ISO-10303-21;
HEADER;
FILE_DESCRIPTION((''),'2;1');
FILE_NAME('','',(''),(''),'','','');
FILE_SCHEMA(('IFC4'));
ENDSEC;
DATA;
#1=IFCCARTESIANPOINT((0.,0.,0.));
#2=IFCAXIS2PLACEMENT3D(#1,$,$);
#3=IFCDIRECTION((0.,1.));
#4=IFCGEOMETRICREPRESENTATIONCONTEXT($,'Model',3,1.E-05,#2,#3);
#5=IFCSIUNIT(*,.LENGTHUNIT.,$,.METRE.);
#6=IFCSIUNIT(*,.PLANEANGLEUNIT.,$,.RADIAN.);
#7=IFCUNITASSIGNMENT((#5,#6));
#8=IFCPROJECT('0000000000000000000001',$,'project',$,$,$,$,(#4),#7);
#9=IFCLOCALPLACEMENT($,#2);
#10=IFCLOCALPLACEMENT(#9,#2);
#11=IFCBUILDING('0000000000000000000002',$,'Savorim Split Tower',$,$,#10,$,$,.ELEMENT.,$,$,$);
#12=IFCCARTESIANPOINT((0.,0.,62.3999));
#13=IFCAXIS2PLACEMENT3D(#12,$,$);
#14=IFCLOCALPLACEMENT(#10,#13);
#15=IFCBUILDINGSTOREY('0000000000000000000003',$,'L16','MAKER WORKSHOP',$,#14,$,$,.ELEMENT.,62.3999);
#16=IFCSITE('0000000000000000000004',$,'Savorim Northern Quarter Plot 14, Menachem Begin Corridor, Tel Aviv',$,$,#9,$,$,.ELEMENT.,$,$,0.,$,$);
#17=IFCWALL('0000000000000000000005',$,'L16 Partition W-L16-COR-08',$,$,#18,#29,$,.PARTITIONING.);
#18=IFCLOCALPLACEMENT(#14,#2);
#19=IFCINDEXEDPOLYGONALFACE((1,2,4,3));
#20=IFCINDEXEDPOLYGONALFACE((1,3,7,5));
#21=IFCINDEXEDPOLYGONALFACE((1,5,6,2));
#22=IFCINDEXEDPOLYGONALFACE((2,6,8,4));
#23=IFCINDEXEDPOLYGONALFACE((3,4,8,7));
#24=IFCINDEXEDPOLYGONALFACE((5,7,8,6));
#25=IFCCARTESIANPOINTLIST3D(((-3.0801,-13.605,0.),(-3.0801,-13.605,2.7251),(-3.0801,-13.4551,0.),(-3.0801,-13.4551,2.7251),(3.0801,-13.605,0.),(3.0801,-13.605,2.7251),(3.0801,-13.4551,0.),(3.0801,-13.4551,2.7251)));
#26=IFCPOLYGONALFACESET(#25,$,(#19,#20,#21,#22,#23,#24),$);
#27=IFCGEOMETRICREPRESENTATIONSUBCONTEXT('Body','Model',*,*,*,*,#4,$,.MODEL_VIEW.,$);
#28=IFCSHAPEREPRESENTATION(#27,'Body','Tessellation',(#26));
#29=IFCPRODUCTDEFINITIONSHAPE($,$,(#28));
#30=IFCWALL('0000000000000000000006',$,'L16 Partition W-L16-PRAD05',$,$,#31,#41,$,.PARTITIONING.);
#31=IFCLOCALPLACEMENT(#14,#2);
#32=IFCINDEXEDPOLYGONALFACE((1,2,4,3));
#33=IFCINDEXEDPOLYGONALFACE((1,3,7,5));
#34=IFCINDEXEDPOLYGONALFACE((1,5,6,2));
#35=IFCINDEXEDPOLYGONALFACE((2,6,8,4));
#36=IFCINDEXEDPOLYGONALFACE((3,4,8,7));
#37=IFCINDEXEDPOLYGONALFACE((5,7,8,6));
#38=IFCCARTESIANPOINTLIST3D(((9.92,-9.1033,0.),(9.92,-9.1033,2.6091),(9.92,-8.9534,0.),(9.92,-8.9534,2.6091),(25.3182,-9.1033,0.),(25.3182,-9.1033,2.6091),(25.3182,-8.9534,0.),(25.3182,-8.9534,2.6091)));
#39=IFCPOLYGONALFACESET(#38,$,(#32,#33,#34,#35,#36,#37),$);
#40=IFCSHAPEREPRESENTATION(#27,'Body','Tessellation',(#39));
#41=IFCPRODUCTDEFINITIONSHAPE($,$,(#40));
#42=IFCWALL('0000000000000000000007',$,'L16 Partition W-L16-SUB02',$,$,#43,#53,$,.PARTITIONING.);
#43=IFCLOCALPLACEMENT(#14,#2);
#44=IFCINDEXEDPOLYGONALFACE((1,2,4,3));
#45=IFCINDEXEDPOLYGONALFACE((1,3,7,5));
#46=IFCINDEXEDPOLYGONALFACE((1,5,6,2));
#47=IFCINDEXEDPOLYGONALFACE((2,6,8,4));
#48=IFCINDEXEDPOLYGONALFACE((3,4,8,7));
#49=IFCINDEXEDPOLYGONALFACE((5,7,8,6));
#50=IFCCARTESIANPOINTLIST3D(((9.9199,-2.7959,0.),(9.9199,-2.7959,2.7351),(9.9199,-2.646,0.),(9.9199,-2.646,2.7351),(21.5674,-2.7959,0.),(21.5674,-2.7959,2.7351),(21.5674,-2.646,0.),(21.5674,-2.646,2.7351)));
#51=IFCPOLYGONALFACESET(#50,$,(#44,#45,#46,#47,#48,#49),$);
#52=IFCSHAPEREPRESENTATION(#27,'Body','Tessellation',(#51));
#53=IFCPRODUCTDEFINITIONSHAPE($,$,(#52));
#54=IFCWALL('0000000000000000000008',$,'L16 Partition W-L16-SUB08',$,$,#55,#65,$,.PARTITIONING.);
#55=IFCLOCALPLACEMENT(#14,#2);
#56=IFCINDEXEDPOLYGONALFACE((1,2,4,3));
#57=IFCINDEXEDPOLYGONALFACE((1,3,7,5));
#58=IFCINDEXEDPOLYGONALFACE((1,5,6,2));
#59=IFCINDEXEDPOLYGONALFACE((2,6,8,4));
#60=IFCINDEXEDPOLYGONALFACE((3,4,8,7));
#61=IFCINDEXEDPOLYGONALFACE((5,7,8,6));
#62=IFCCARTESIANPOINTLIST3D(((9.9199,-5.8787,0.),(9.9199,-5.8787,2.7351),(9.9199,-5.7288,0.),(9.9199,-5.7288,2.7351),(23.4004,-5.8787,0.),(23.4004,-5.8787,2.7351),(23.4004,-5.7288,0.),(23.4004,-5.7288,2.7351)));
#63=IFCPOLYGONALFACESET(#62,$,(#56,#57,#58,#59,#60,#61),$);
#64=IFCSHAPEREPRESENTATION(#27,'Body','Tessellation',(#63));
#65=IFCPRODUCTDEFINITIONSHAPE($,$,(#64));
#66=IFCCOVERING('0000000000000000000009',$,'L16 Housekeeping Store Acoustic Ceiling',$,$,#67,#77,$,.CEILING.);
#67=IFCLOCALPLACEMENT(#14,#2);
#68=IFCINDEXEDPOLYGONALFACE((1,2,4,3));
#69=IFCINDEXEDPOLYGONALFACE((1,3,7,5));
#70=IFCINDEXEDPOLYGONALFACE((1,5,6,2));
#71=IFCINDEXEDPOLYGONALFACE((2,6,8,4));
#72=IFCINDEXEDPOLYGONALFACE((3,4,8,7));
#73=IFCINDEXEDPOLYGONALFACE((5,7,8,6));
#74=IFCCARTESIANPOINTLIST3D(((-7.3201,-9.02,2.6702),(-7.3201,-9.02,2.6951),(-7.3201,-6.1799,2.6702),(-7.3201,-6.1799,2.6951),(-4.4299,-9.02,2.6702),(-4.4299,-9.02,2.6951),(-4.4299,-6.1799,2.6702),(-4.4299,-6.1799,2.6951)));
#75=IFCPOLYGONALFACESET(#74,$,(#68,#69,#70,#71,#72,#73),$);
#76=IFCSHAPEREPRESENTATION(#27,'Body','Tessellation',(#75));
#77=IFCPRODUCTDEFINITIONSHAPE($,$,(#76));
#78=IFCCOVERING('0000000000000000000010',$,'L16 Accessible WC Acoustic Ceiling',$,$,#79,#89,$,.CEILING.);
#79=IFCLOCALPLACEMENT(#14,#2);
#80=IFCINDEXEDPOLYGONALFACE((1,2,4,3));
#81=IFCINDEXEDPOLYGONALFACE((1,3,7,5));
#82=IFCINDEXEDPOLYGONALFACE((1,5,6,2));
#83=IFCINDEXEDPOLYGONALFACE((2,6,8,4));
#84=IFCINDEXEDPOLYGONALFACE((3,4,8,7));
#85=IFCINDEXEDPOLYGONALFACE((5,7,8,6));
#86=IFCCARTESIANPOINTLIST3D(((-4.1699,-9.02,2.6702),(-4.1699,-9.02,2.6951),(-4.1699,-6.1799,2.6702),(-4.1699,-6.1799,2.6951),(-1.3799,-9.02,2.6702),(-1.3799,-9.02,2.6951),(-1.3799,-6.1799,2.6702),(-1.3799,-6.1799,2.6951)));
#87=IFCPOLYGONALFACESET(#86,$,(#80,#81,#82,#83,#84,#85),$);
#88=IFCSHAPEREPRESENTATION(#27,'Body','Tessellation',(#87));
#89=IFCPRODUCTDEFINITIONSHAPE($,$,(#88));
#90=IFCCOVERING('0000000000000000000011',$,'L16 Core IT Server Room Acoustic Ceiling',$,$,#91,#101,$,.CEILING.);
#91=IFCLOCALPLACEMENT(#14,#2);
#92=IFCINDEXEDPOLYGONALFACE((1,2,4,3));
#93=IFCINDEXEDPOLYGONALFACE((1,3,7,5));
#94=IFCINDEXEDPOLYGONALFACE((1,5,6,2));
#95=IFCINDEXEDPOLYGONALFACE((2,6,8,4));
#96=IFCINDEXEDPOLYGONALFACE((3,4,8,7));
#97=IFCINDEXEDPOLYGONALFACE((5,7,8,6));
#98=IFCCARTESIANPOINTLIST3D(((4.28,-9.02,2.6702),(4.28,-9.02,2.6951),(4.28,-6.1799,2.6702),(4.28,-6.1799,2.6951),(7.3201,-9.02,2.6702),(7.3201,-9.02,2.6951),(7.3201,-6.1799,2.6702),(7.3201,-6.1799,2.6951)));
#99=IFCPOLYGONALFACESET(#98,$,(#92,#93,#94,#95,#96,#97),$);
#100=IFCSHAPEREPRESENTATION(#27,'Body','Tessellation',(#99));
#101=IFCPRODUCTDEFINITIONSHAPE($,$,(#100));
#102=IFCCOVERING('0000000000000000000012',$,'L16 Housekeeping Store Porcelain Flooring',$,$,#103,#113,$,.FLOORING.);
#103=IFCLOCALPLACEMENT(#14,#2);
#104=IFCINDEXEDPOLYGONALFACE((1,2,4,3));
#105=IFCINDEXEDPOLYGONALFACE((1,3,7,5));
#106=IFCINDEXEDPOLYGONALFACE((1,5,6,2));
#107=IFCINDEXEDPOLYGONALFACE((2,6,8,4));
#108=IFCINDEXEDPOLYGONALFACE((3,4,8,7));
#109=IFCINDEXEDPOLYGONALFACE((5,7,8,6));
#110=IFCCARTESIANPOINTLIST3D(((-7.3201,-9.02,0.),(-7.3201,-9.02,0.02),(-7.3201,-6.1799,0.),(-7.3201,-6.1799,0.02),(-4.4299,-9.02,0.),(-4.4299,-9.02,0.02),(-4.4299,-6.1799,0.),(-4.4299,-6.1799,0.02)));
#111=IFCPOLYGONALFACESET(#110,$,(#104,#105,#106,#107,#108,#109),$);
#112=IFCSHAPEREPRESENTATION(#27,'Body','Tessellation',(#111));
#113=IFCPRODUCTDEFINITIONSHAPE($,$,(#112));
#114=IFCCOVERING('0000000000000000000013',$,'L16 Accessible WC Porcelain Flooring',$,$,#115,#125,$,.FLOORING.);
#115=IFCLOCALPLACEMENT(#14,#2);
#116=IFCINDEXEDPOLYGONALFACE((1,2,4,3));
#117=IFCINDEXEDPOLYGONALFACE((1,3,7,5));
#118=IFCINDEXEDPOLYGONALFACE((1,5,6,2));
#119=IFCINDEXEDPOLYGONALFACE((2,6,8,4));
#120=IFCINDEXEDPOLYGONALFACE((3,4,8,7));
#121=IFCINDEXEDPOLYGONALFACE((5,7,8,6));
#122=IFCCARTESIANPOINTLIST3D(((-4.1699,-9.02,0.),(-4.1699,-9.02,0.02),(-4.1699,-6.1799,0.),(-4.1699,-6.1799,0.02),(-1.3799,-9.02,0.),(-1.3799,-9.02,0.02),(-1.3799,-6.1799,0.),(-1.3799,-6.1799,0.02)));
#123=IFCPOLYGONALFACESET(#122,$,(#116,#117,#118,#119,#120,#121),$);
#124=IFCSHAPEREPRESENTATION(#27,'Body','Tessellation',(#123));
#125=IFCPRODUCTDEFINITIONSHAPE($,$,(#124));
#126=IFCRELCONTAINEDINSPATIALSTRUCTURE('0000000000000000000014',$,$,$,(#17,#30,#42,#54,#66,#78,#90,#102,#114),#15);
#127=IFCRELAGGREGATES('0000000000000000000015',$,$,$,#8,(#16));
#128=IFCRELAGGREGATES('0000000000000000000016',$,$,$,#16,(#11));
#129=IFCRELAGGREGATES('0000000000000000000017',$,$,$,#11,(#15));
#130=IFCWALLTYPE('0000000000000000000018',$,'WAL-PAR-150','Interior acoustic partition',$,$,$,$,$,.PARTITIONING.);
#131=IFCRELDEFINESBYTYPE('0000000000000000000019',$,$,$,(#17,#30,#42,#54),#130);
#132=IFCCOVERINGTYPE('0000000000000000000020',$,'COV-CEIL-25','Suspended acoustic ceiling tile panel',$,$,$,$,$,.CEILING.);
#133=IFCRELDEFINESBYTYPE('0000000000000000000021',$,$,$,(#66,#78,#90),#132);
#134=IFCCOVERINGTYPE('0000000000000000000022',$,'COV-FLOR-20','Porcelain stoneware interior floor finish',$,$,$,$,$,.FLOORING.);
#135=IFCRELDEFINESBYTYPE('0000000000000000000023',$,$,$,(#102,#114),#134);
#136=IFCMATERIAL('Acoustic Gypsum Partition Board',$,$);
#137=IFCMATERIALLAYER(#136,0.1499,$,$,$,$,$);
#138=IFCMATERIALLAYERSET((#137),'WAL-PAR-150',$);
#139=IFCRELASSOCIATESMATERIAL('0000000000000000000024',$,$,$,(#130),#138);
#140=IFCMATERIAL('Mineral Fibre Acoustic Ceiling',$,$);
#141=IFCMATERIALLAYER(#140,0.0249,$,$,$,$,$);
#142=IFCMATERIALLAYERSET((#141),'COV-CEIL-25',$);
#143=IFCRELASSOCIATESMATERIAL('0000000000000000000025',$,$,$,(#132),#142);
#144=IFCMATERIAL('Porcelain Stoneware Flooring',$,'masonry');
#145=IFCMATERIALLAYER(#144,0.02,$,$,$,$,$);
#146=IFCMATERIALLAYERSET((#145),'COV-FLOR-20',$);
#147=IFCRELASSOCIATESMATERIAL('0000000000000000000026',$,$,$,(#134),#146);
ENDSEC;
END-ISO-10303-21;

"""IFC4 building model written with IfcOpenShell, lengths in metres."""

from ifc_helpers import new_model, si_unit, direction, frame, frame_2d, origin, place, context, subcontext, project, spatial, polyline, rectangle, outline, extrude, material, layer, layer_set, type_object, element, save


model = new_model("IFC4")

# Units and contexts
model_context = context("Model", 3, precision=1e-05, world=origin(), true_north=direction((0.0, 1.0)))
body_context = subcontext(model_context, "Body", "Model", "MODEL_VIEW")
ifc_project = project(units=[si_unit("LENGTHUNIT", "METRE"), si_unit("PLANEANGLEUNIT", "RADIAN")], contexts=[model_context])

# Site, building, storey
site_placement = place(None, origin())
site = spatial("IfcSite", under=ifc_project, at=site_placement, Name="Savorim Northern Quarter Plot 14, Menachem Begin Corridor, Tel Aviv", CompositionType="ELEMENT", RefElevation=0.0)
building_placement = place(site_placement, origin())
building = spatial("IfcBuilding", under=site, at=building_placement, Name="Savorim Split Tower", CompositionType="ELEMENT")
storey_placement = place(building_placement, frame((0.0, 0.0, 62.3999)))
storey = spatial("IfcBuildingStorey", under=building, at=storey_placement, Name="L16", Description="MAKER WORKSHOP", CompositionType="ELEMENT", Elevation=62.3999)

# Shared definitions
ifc_material_1 = material(Name="Acoustic Gypsum Partition Board")
ifc_layer_1 = layer(ifc_material_1, 0.1499)
ifc_layer_set_1 = layer_set([ifc_layer_1], Name="WAL-PAR-150")
wall_type_1 = type_object("IfcWallType", Name="WAL-PAR-150", Description="Interior acoustic partition", PredefinedType="PARTITIONING", material=ifc_layer_set_1)

# Walls
wall_1_placement = place(storey_placement, frame((3.0801, -13.53, 0.0), z_axis=(0.0, 0.0, 1.0), x_axis=(-1.0, 0.0, 0.0)))
element("IfcWall", 1, at=wall_1_placement, inside=storey, type_object=wall_type_1, Name="L16 Partition W-L16-COR-08", PredefinedType="PARTITIONING", context=body_context, shape_type="SweptSolid", body=[
    extrude(rectangle(XDim=6.1602, YDim=0.1499, at=frame_2d((3.0801, 0.0))), origin(), (0.0, 0.0, 1.0), 2.7251),
])
wall_2_placement = place(storey_placement, frame((9.9199, -9.0283, 0.0), z_axis=(0.0, 0.0, 1.0), x_axis=(1.0, 0.0, 0.0)))
element("IfcWall", 2, at=wall_2_placement, inside=storey, type_object=wall_type_1, Name="L16 Partition W-L16-PRAD05", PredefinedType="PARTITIONING", context=body_context, shape_type="SweptSolid", body=[
    extrude(rectangle(XDim=15.3982, YDim=0.1499, at=frame_2d((7.6992, 0.0))), origin(), (0.0, 0.0, 1.0), 2.6091),
])
wall_3_placement = place(storey_placement, frame((9.9199, -2.7209, 0.0), z_axis=(0.0, 0.0, 1.0), x_axis=(1.0, 0.0, 0.0)))
element("IfcWall", 3, at=wall_3_placement, inside=storey, type_object=wall_type_1, Name="L16 Partition W-L16-SUB02", PredefinedType="PARTITIONING", context=body_context, shape_type="SweptSolid", body=[
    extrude(rectangle(XDim=11.6475, YDim=0.1499, at=frame_2d((5.8237, 0.0))), origin(), (0.0, 0.0, 1.0), 2.7351),
])
wall_4_placement = place(storey_placement, frame((9.9199, -5.8037, 0.0), z_axis=(0.0, 0.0, 1.0), x_axis=(1.0, 0.0, 0.0)))
element("IfcWall", 4, at=wall_4_placement, inside=storey, type_object=wall_type_1, Name="L16 Partition W-L16-SUB08", PredefinedType="PARTITIONING", context=body_context, shape_type="SweptSolid", body=[
    extrude(rectangle(XDim=13.4805, YDim=0.1499, at=frame_2d((6.7402, 0.0))), origin(), (0.0, 0.0, 1.0), 2.7351),
])

# Coverings
ifc_material_2 = material(Name="Mineral Fibre Acoustic Ceiling")
ifc_layer_2 = layer(ifc_material_2, 0.0249)
ifc_layer_set_2 = layer_set([ifc_layer_2], Name="COV-CEIL-25")
covering_type_1 = type_object("IfcCoveringType", Name="COV-CEIL-25", Description="Suspended acoustic ceiling tile panel", PredefinedType="CEILING", material=ifc_layer_set_2)
covering_1_placement = place(storey_placement, frame((0.0, 0.0, 2.6702)))
element("IfcCovering", 5, at=covering_1_placement, inside=storey, type_object=covering_type_1, Name="L16 Housekeeping Store Acoustic Ceiling", PredefinedType="CEILING", context=body_context, shape_type="SweptSolid", body=[
    extrude(outline(polyline([(-7.3201, -6.1799), (-7.3201, -9.02), (-4.4299, -9.02), (-4.4299, -6.1799), (-7.3201, -6.1799)])), origin(), (0.0, 0.0, 1.0), 0.0249),
])
covering_2_placement = place(storey_placement, frame((0.0, 0.0, 2.6702)))
element("IfcCovering", 6, at=covering_2_placement, inside=storey, type_object=covering_type_1, Name="L16 Accessible WC Acoustic Ceiling", PredefinedType="CEILING", context=body_context, shape_type="SweptSolid", body=[
    extrude(outline(polyline([(-4.1699, -6.1799), (-4.1699, -9.02), (-1.3799, -9.02), (-1.3799, -6.1799), (-4.1699, -6.1799)])), origin(), (0.0, 0.0, 1.0), 0.0249),
])
covering_3_placement = place(storey_placement, frame((0.0, 0.0, 2.6702)))
element("IfcCovering", 7, at=covering_3_placement, inside=storey, type_object=covering_type_1, Name="L16 Core IT Server Room Acoustic Ceiling", PredefinedType="CEILING", context=body_context, shape_type="SweptSolid", body=[
    extrude(outline(polyline([(4.28, -6.1799), (4.28, -9.02), (7.3201, -9.02), (7.3201, -6.1799), (4.28, -6.1799)])), origin(), (0.0, 0.0, 1.0), 0.0249),
])
ifc_material_3 = material(Name="Porcelain Stoneware Flooring", Category="masonry")
ifc_layer_3 = layer(ifc_material_3, 0.02)
ifc_layer_set_3 = layer_set([ifc_layer_3], Name="COV-FLOR-20")
covering_type_2 = type_object("IfcCoveringType", Name="COV-FLOR-20", Description="Porcelain stoneware interior floor finish", PredefinedType="FLOORING", material=ifc_layer_set_3)
covering_4_placement = place(storey_placement, origin())
element("IfcCovering", 8, at=covering_4_placement, inside=storey, type_object=covering_type_2, Name="L16 Housekeeping Store Porcelain Flooring", PredefinedType="FLOORING", context=body_context, shape_type="SweptSolid", body=[
    extrude(outline(polyline([(-7.3201, -6.1799), (-7.3201, -9.02), (-4.4299, -9.02), (-4.4299, -6.1799), (-7.3201, -6.1799)])), origin(), (0.0, 0.0, 1.0), 0.02),
])
covering_5_placement = place(storey_placement, origin())
element("IfcCovering", 9, at=covering_5_placement, inside=storey, type_object=covering_type_2, Name="L16 Accessible WC Porcelain Flooring", PredefinedType="FLOORING", context=body_context, shape_type="SweptSolid", body=[
    extrude(outline(polyline([(-4.1699, -6.1799), (-4.1699, -9.02), (-1.3799, -9.02), (-1.3799, -6.1799), (-4.1699, -6.1799)])), origin(), (0.0, 0.0, 1.0), 0.02),
])

save(model, "model.ifc")
